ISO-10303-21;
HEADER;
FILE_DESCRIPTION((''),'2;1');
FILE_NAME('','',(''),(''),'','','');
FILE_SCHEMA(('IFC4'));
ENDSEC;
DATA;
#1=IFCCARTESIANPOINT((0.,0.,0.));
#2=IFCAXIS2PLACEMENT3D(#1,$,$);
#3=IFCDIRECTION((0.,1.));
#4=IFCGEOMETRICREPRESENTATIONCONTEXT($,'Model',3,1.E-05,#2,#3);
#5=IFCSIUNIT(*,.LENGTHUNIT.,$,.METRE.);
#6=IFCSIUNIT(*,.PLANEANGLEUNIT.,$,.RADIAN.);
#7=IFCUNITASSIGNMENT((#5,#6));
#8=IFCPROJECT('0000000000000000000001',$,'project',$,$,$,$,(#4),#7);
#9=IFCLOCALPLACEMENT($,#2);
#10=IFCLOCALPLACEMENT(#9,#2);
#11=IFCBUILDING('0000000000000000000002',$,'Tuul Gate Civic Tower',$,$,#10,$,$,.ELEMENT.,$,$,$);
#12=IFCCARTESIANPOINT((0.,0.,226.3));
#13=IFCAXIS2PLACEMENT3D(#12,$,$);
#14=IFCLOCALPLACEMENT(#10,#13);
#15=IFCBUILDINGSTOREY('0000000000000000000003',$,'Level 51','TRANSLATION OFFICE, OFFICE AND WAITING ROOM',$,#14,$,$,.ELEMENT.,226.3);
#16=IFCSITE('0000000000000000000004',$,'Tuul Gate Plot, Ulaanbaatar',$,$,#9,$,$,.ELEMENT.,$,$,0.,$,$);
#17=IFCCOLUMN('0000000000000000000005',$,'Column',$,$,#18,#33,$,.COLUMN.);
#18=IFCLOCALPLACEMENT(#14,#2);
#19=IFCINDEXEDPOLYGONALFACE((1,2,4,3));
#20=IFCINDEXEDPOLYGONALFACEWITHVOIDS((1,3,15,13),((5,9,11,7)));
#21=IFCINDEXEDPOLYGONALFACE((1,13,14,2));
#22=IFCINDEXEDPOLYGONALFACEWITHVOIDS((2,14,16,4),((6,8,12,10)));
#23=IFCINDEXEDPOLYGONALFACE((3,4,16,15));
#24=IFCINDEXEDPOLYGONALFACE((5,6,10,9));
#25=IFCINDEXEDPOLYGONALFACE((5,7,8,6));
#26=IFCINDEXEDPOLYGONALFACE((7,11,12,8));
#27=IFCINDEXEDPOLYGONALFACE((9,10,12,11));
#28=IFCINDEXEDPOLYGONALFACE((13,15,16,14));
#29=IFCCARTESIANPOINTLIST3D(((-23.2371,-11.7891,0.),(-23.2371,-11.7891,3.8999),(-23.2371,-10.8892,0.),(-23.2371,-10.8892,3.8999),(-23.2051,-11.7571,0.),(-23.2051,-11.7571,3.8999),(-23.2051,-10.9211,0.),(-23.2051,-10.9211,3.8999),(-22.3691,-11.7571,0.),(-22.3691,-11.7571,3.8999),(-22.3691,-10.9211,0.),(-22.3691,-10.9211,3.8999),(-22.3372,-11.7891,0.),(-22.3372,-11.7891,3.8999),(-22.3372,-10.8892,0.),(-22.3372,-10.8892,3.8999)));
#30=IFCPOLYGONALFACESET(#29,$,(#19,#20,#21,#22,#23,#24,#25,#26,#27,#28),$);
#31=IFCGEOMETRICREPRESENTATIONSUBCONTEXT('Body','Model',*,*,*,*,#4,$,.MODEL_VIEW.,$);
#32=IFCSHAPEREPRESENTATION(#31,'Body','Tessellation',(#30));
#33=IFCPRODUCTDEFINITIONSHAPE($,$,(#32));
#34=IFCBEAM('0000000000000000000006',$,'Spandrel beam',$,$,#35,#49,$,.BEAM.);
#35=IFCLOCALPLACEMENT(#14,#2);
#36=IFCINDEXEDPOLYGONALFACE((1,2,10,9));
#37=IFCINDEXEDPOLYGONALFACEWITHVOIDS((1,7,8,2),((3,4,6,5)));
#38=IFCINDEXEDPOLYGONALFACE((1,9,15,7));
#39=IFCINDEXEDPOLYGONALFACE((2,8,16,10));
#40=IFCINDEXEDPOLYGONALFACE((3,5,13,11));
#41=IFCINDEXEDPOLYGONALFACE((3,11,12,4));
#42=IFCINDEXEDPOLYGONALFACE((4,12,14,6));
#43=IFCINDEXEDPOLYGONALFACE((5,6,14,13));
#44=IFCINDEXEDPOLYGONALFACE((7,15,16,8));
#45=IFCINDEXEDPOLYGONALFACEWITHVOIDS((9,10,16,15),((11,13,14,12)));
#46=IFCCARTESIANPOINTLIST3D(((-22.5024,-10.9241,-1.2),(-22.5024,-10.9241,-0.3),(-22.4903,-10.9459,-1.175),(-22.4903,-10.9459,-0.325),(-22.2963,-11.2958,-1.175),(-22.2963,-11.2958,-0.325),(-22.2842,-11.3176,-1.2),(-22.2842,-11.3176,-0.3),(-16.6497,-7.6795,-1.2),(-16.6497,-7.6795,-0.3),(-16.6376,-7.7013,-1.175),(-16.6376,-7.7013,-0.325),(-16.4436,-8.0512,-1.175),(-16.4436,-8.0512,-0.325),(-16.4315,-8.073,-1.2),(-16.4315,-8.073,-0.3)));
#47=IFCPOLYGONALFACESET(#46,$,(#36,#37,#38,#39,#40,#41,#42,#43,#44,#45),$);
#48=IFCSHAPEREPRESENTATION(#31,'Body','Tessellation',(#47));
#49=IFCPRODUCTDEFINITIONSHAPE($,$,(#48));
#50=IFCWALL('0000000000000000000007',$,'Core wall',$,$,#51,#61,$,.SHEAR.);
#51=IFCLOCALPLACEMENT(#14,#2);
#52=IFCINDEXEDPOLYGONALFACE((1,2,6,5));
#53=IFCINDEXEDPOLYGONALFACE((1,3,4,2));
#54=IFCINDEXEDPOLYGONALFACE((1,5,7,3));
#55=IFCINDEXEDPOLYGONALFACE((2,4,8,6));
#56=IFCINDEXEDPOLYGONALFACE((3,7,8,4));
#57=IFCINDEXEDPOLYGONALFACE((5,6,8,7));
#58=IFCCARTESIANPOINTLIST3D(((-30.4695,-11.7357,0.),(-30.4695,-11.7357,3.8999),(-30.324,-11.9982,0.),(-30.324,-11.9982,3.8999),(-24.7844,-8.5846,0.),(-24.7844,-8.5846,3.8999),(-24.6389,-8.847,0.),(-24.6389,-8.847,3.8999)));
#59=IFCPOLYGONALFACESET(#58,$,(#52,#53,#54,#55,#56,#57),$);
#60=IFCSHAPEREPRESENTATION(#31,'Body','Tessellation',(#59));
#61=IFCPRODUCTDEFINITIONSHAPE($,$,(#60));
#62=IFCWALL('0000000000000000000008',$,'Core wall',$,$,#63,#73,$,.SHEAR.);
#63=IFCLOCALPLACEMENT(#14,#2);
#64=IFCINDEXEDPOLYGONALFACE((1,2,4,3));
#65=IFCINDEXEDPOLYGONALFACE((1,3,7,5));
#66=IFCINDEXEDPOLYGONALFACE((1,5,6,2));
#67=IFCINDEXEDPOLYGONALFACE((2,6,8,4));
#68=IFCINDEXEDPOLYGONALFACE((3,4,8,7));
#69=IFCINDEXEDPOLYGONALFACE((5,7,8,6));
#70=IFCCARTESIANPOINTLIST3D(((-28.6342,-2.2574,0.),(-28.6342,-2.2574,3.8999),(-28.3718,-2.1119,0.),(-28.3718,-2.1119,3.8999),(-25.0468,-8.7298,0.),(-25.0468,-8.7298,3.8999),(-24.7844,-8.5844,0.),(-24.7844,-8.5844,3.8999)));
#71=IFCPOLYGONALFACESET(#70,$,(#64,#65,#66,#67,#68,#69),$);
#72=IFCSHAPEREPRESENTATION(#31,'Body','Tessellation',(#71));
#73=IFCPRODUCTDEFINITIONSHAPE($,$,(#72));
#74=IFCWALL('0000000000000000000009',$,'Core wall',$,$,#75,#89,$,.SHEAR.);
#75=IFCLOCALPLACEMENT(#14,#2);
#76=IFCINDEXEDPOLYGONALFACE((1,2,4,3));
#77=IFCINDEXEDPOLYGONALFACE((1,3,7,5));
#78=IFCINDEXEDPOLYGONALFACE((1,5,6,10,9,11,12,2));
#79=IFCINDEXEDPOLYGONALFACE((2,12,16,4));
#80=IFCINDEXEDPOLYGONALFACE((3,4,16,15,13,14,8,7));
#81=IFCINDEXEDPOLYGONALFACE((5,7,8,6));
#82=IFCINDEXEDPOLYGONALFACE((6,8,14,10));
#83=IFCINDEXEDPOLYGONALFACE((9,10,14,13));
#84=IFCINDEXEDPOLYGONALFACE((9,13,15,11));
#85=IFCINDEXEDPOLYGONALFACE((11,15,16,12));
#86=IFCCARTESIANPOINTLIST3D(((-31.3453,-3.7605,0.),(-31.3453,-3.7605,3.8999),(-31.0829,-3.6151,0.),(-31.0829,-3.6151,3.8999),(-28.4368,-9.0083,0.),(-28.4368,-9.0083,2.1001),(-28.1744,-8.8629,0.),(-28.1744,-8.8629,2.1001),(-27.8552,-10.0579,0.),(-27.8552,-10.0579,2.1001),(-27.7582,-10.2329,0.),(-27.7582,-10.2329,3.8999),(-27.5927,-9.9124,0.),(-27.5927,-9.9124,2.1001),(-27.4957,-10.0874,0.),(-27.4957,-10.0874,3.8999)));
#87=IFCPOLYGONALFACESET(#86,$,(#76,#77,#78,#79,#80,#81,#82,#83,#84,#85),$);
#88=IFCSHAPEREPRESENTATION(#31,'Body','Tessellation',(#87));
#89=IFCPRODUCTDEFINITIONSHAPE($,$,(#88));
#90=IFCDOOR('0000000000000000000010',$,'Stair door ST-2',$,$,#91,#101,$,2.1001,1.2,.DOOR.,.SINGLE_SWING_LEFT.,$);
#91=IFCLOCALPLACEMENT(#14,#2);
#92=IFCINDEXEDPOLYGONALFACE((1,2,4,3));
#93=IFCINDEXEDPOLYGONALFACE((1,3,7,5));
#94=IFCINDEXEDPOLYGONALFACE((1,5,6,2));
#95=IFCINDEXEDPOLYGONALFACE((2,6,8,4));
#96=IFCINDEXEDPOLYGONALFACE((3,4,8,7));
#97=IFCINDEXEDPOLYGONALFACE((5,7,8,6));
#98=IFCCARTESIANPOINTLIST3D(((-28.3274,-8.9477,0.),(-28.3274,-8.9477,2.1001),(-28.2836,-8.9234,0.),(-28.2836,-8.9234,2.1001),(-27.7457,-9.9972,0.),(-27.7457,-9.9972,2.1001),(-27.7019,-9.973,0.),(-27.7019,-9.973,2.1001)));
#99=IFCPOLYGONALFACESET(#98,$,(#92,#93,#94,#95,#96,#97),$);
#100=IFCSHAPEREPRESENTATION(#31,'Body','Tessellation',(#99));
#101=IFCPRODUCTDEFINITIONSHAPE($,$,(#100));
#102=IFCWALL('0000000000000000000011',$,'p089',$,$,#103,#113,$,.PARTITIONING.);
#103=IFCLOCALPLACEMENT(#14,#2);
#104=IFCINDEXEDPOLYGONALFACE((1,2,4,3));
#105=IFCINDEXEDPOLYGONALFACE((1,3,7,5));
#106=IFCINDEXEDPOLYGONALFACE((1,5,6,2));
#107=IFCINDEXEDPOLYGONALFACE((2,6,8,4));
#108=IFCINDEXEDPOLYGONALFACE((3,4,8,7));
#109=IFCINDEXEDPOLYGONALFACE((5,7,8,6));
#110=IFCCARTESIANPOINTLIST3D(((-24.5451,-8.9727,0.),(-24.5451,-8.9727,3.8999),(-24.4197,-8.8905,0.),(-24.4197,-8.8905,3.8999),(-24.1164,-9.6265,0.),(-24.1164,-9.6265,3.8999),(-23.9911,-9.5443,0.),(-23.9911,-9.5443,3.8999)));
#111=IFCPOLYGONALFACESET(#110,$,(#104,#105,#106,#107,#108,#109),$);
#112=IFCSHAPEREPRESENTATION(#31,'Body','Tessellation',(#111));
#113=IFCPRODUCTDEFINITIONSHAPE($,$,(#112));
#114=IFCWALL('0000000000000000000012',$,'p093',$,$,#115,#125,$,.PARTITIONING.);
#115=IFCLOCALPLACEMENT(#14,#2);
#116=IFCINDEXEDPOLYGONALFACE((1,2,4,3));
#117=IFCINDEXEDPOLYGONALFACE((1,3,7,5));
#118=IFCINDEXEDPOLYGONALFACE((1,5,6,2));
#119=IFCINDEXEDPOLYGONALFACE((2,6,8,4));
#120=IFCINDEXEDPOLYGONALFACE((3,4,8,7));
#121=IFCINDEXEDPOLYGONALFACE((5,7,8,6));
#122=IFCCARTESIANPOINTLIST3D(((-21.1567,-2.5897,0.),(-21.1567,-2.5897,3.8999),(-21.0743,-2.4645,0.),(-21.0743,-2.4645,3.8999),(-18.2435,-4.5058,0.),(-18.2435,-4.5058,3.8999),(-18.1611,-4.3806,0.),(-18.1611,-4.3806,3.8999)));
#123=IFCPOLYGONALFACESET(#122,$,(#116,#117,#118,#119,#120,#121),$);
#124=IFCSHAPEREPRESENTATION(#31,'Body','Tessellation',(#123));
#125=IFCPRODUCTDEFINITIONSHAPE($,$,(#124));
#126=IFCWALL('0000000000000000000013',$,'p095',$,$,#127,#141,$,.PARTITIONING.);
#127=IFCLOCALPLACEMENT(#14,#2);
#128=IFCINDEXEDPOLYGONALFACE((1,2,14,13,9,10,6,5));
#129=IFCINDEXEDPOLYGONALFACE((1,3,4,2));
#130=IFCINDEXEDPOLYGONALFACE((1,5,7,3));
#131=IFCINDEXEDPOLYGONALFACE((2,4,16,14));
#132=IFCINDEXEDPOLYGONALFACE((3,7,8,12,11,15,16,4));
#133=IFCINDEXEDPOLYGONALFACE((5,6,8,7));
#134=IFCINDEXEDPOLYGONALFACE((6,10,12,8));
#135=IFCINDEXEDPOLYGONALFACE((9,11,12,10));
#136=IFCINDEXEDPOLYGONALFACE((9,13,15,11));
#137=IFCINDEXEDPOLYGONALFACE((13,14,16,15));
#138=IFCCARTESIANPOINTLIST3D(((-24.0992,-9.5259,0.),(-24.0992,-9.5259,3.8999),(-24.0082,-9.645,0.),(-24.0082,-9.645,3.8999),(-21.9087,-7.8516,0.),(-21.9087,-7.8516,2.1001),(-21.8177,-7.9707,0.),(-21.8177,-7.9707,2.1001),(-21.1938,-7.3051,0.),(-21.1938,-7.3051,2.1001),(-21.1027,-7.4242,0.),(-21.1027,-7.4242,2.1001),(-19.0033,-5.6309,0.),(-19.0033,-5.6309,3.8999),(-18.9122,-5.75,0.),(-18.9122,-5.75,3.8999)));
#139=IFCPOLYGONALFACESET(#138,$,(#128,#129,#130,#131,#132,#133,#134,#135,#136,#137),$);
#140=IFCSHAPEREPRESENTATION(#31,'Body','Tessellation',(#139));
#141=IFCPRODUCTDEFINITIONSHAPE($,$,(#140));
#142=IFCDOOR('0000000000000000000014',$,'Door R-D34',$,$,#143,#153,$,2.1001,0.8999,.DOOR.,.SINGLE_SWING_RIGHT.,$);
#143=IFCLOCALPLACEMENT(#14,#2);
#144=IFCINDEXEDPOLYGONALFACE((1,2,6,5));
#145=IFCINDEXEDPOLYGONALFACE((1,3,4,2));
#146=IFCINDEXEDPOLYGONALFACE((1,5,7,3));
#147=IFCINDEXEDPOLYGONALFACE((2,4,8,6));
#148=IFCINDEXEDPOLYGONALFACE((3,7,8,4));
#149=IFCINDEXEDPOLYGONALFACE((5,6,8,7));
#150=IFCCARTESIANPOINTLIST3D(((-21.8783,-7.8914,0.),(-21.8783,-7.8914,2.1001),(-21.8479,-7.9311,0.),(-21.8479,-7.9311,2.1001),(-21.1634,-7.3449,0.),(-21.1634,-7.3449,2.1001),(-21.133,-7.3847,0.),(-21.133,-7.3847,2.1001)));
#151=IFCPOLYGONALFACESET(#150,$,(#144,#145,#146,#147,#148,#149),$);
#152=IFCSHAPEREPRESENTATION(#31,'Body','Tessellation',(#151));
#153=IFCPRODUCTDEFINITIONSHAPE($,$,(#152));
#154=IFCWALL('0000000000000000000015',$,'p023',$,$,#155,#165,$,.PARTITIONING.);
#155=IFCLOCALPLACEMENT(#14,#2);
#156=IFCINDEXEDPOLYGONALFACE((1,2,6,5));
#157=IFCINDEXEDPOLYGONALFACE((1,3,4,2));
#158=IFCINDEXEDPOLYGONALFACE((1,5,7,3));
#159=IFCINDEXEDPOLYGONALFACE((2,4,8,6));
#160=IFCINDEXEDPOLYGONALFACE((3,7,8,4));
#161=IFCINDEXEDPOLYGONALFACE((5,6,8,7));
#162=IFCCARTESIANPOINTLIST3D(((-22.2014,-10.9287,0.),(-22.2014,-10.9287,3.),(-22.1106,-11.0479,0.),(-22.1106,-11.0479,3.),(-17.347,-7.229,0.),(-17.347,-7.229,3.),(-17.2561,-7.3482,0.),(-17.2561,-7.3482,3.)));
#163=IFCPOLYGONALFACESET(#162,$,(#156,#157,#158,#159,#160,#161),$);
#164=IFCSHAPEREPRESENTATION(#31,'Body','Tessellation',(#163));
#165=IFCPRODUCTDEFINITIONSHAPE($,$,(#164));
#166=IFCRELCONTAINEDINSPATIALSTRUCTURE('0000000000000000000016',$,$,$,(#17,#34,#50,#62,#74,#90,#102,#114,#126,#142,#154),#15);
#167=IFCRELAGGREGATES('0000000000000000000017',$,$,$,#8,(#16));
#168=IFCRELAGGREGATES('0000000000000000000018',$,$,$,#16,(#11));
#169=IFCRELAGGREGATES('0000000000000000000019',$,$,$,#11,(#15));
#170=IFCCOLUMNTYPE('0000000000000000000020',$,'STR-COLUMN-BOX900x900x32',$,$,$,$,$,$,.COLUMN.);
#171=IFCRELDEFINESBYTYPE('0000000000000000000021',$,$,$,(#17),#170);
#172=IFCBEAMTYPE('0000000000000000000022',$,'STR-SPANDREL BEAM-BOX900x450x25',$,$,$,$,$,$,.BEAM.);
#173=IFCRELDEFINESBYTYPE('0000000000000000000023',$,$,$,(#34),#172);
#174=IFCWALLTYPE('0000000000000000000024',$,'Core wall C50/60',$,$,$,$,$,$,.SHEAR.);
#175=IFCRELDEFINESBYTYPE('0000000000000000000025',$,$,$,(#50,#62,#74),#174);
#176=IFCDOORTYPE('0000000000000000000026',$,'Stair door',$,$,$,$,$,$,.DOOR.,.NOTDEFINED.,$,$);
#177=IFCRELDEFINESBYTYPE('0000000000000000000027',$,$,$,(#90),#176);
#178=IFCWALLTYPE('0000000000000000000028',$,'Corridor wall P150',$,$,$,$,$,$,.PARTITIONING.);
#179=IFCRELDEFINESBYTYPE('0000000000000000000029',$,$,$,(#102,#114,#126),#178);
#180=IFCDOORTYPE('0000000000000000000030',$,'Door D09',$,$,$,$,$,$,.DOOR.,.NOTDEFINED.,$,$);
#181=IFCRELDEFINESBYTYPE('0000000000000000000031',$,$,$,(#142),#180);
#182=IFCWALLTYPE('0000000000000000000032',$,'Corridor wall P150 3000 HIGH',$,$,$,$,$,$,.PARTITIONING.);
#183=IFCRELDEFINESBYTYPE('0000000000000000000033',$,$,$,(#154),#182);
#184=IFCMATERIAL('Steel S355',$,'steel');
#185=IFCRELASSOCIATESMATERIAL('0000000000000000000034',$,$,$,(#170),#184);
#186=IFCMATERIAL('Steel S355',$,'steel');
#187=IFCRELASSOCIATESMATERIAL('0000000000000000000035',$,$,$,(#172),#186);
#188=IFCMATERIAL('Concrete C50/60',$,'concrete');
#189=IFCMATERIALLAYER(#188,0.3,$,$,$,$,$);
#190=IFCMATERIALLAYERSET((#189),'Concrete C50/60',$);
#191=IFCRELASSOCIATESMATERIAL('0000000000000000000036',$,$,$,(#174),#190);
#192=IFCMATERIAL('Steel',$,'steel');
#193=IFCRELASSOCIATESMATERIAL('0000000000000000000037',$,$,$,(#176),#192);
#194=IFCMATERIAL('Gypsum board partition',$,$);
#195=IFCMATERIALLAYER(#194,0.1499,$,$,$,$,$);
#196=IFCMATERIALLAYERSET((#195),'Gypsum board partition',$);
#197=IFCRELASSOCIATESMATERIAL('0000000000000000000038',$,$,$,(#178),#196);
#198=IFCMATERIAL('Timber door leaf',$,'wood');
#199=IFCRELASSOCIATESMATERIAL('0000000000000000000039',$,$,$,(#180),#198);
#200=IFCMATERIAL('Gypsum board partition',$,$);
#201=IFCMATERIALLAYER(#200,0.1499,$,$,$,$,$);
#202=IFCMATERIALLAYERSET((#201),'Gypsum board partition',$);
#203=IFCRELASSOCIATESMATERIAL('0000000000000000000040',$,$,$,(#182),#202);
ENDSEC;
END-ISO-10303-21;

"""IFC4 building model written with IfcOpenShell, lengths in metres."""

from ifc_helpers import new_model, si_unit, direction, frame, frame_2d, origin, origin_2d, place, context, subcontext, project, spatial, rectangle, hollow_rectangle, extrude, material, layer, layer_set, material_profile, profile_set, type_object, element, fill, save


model = new_model("IFC4")

# Units and contexts
model_context = context("Model", 3, precision=1e-05, world=origin(), true_north=direction((0.0, 1.0)))
body_context = subcontext(model_context, "Body", "Model", "MODEL_VIEW")
ifc_project = project(units=[si_unit("LENGTHUNIT", "METRE"), si_unit("PLANEANGLEUNIT", "RADIAN")], contexts=[model_context])

# Site, building, storey
site_placement = place(None, origin())
site = spatial("IfcSite", under=ifc_project, at=site_placement, Name="Tuul Gate Plot, Ulaanbaatar", CompositionType="ELEMENT", RefElevation=0.0)
building_placement = place(site_placement, origin())
building = spatial("IfcBuilding", under=site, at=building_placement, Name="Tuul Gate Civic Tower", CompositionType="ELEMENT")
storey_placement = place(building_placement, frame((0.0, 0.0, 226.3)))
storey = spatial("IfcBuildingStorey", under=building, at=storey_placement, Name="Level 51", Description="TRANSLATION OFFICE, OFFICE AND WAITING ROOM", CompositionType="ELEMENT", Elevation=226.3)

# Column
ifc_material_1 = material(Name="Steel S355", Category="steel")
ifc_material_profile_1 = material_profile(ifc_material_1, hollow_rectangle(XDim=0.8999, YDim=0.8999, WallThickness=0.032, at=origin_2d()), Name="BOX900x900x32")
ifc_profile_set_1 = profile_set([ifc_material_profile_1], Name="Steel S355")
column_type = type_object("IfcColumnType", Name="STR-COLUMN-BOX900x900x32", PredefinedType="COLUMN", material=ifc_profile_set_1)
column_placement = place(storey_placement, frame((-22.7871, -11.3391, 0.0), z_axis=(0.0, 0.0, 1.0), x_axis=(1.0, 0.0, 0.0)))
element("IfcColumn", 1, at=column_placement, inside=storey, type_object=column_type, Name="Column", PredefinedType="COLUMN", context=body_context, shape_type="SweptSolid", body=[
    extrude(hollow_rectangle(XDim=0.8999, YDim=0.8999, WallThickness=0.032, at=origin_2d()), origin(), (0.0, 0.0, 1.0), 3.8999),
])

# Beam
ifc_material_2 = material(Name="Steel S355", Category="steel")
ifc_material_profile_2 = material_profile(ifc_material_2, hollow_rectangle(XDim=0.45, YDim=0.8999, WallThickness=0.0249, at=origin_2d()), Name="BOX900x450x25")
ifc_profile_set_2 = profile_set([ifc_material_profile_2], Name="Steel S355")
beam_type = type_object("IfcBeamType", Name="STR-SPANDREL BEAM-BOX900x450x25", PredefinedType="BEAM", material=ifc_profile_set_2)
beam_placement = place(storey_placement, frame((-22.3933, -11.1208, -0.75), z_axis=(0.874596, 0.484853, 0.0), x_axis=(-0.484853, 0.874596, 0.0)))
element("IfcBeam", 2, at=beam_placement, inside=storey, type_object=beam_type, Name="Spandrel beam", PredefinedType="BEAM", context=body_context, shape_type="SweptSolid", body=[
    extrude(hollow_rectangle(XDim=0.45, YDim=0.8999, WallThickness=0.0249, at=origin_2d()), origin(), (0.0, 0.0, 1.0), 6.6919),
])

# Walls
ifc_material_3 = material(Name="Concrete C50/60", Category="concrete")
ifc_layer_1 = layer(ifc_material_3, 0.3)
ifc_layer_set_1 = layer_set([ifc_layer_1], Name="Concrete C50/60")
wall_type_1 = type_object("IfcWallType", Name="Core wall C50/60", PredefinedType="SHEAR", material=ifc_layer_set_1)
wall_1_placement = place(storey_placement, frame((-24.7117, -8.7158, 0.0), z_axis=(0.0, 0.0, 1.0), x_axis=(-0.87463, -0.484791, 0.0)))
element("IfcWall", 3, at=wall_1_placement, inside=storey, type_object=wall_type_1, Name="Core wall", PredefinedType="SHEAR", context=body_context, shape_type="SweptSolid", body=[
    extrude(rectangle(XDim=6.5, YDim=0.3, at=frame_2d((3.25, 0.0))), origin(), (0.0, 0.0, 1.0), 3.8999),
])
wall_2_placement = place(storey_placement, frame((-24.9155, -8.6572, 0.0), z_axis=(0.0, 0.0, 1.0), x_axis=(-0.484777, 0.874638, 0.0)))
element("IfcWall", 4, at=wall_2_placement, inside=storey, type_object=wall_type_1, Name="Core wall", PredefinedType="SHEAR", context=body_context, shape_type="SweptSolid", body=[
    extrude(rectangle(XDim=7.4001, YDim=0.3, at=frame_2d((3.7002, 0.0))), origin(), (0.0, 0.0, 1.0), 3.8999),
])

# Wall, opening, door
wall_3_placement = place(storey_placement, frame((-27.627, -10.1602, 0.0), z_axis=(0.0, 0.0, 1.0), x_axis=(-0.484752, 0.874652, 0.0)))
wall_3 = element("IfcWall", 5, at=wall_3_placement, inside=storey, type_object=wall_type_1, Name="Core wall", PredefinedType="SHEAR", context=body_context, shape_type="SweptSolid", body=[
    extrude(rectangle(XDim=7.3999, YDim=0.3, at=frame_2d((3.7, 0.0))), origin(), (0.0, 0.0, 1.0), 3.8999),
])
opening_1_placement = place(wall_3_placement, frame((0.2, 0.0, 0.0)))
opening_1 = element("IfcOpeningElement", 6, at=opening_1_placement, cuts=wall_3, PredefinedType="OPENING", context=body_context, shape_type="SweptSolid", body=[
    extrude(rectangle(XDim=1.2, YDim=2.1001, at=frame_2d((0.6001, 1.05))), frame((0.0, 0.1602, 0.0), z_axis=(0.0, -1.0, 0.0), x_axis=(1.0, 0.0, 0.0)), (0.0, 0.0, 1.0), 0.3201),
])
ifc_material_4 = material(Name="Steel", Category="steel")
door_type_1 = type_object("IfcDoorType", Name="Stair door", OperationType="NOTDEFINED", PredefinedType="DOOR", material=ifc_material_4)
door_1_placement = place(opening_1_placement, origin())
door_1 = element("IfcDoor", 7, at=door_1_placement, inside=storey, type_object=door_type_1, Name="Stair door ST-2", OperationType="SINGLE_SWING_LEFT", OverallHeight=2.1001, OverallWidth=1.2, PredefinedType="DOOR", context=body_context, shape_type="SweptSolid", body=[
    extrude(rectangle(XDim=1.2, YDim=2.1001, at=frame_2d((0.6001, 1.05))), frame((0.0, 0.0249, 0.0), z_axis=(0.0, -1.0, 0.0), x_axis=(1.0, 0.0, 0.0)), (0.0, 0.0, 1.0), 0.05),
])
fill(opening_1, door_1)

# Walls
ifc_material_5 = material(Name="Gypsum board partition")
ifc_layer_2 = layer(ifc_material_5, 0.1499)
ifc_layer_set_2 = layer_set([ifc_layer_2], Name="Gypsum board partition")
wall_type_2 = type_object("IfcWallType", Name="Corridor wall P150", PredefinedType="PARTITIONING", material=ifc_layer_set_2)
wall_4_placement = place(storey_placement, frame((-24.4824, -8.9316, 0.0), z_axis=(0.0, 0.0, 1.0), x_axis=(0.548343, -0.836254, 0.0)))
element("IfcWall", 8, at=wall_4_placement, inside=storey, type_object=wall_type_2, Name="p089", PredefinedType="PARTITIONING", context=body_context, shape_type="SweptSolid", body=[
    extrude(rectangle(XDim=0.7817, YDim=0.1499, at=frame_2d((0.3909, 0.0))), origin(), (0.0, 0.0, 1.0), 3.8999),
])
wall_5_placement = place(storey_placement, frame((-21.1155, -2.5271, 0.0), z_axis=(0.0, 0.0, 1.0), x_axis=(0.835481, -0.549519, 0.0)))
element("IfcWall", 9, at=wall_5_placement, inside=storey, type_object=wall_type_2, Name="p093", PredefinedType="PARTITIONING", context=body_context, shape_type="SweptSolid", body=[
    extrude(rectangle(XDim=3.4868, YDim=0.1499, at=frame_2d((1.7434, 0.0))), origin(), (0.0, 0.0, 1.0), 3.8999),
])

# Wall, opening, door
wall_6_placement = place(storey_placement, frame((-24.0537, -9.5854, 0.0), z_axis=(0.0, 0.0, 1.0), x_axis=(0.794499, 0.607265, 0.0)))
wall_6 = element("IfcWall", 10, at=wall_6_placement, inside=storey, type_object=wall_type_2, Name="p095", PredefinedType="PARTITIONING", context=body_context, shape_type="SweptSolid", body=[
    extrude(rectangle(XDim=6.4141, YDim=0.1499, at=frame_2d((3.207, 0.0))), origin(), (0.0, 0.0, 1.0), 3.8999),
])
opening_2_placement = place(wall_6_placement, frame((2.7571, 0.0, 0.0)))
opening_2 = element("IfcOpeningElement", 11, at=opening_2_placement, cuts=wall_6, PredefinedType="OPENING", context=body_context, shape_type="SweptSolid", body=[
    extrude(rectangle(XDim=0.8999, YDim=2.1001, at=frame_2d((0.45, 1.05))), frame((0.0, 0.085, 0.0), z_axis=(0.0, -1.0, 0.0), x_axis=(1.0, 0.0, 0.0)), (0.0, 0.0, 1.0), 0.1699),
])
ifc_material_6 = material(Name="Timber door leaf", Category="wood")
door_type_2 = type_object("IfcDoorType", Name="Door D09", OperationType="NOTDEFINED", PredefinedType="DOOR", material=ifc_material_6)
door_2_placement = place(opening_2_placement, origin())
door_2 = element("IfcDoor", 12, at=door_2_placement, inside=storey, type_object=door_type_2, Name="Door R-D34", OperationType="SINGLE_SWING_RIGHT", OverallHeight=2.1001, OverallWidth=0.8999, PredefinedType="DOOR", context=body_context, shape_type="SweptSolid", body=[
    extrude(rectangle(XDim=0.8999, YDim=2.1001, at=frame_2d((0.45, 1.05))), frame((0.0, 0.0249, 0.0), z_axis=(0.0, -1.0, 0.0), x_axis=(1.0, 0.0, 0.0)), (0.0, 0.0, 1.0), 0.05),
])
fill(opening_2, door_2)

# Wall
ifc_material_7 = material(Name="Gypsum board partition")
ifc_layer_3 = layer(ifc_material_7, 0.1499)
ifc_layer_set_3 = layer_set([ifc_layer_3], Name="Gypsum board partition")
wall_type_3 = type_object("IfcWallType", Name="Corridor wall P150 3000 HIGH", PredefinedType="PARTITIONING", material=ifc_layer_set_3)
wall_7_placement = place(storey_placement, frame((-22.156, -10.9883, 0.0), z_axis=(0.0, 0.0, 1.0), x_axis=(0.795349, 0.606152, 0.0)))
element("IfcWall", 13, at=wall_7_placement, inside=storey, type_object=wall_type_3, Name="p023", PredefinedType="PARTITIONING", context=body_context, shape_type="SweptSolid", body=[
    extrude(rectangle(XDim=6.1035, YDim=0.1499, at=frame_2d((3.0518, 0.0))), origin(), (0.0, 0.0, 1.0), 3.0),
])

save(model, "model.ifc")
